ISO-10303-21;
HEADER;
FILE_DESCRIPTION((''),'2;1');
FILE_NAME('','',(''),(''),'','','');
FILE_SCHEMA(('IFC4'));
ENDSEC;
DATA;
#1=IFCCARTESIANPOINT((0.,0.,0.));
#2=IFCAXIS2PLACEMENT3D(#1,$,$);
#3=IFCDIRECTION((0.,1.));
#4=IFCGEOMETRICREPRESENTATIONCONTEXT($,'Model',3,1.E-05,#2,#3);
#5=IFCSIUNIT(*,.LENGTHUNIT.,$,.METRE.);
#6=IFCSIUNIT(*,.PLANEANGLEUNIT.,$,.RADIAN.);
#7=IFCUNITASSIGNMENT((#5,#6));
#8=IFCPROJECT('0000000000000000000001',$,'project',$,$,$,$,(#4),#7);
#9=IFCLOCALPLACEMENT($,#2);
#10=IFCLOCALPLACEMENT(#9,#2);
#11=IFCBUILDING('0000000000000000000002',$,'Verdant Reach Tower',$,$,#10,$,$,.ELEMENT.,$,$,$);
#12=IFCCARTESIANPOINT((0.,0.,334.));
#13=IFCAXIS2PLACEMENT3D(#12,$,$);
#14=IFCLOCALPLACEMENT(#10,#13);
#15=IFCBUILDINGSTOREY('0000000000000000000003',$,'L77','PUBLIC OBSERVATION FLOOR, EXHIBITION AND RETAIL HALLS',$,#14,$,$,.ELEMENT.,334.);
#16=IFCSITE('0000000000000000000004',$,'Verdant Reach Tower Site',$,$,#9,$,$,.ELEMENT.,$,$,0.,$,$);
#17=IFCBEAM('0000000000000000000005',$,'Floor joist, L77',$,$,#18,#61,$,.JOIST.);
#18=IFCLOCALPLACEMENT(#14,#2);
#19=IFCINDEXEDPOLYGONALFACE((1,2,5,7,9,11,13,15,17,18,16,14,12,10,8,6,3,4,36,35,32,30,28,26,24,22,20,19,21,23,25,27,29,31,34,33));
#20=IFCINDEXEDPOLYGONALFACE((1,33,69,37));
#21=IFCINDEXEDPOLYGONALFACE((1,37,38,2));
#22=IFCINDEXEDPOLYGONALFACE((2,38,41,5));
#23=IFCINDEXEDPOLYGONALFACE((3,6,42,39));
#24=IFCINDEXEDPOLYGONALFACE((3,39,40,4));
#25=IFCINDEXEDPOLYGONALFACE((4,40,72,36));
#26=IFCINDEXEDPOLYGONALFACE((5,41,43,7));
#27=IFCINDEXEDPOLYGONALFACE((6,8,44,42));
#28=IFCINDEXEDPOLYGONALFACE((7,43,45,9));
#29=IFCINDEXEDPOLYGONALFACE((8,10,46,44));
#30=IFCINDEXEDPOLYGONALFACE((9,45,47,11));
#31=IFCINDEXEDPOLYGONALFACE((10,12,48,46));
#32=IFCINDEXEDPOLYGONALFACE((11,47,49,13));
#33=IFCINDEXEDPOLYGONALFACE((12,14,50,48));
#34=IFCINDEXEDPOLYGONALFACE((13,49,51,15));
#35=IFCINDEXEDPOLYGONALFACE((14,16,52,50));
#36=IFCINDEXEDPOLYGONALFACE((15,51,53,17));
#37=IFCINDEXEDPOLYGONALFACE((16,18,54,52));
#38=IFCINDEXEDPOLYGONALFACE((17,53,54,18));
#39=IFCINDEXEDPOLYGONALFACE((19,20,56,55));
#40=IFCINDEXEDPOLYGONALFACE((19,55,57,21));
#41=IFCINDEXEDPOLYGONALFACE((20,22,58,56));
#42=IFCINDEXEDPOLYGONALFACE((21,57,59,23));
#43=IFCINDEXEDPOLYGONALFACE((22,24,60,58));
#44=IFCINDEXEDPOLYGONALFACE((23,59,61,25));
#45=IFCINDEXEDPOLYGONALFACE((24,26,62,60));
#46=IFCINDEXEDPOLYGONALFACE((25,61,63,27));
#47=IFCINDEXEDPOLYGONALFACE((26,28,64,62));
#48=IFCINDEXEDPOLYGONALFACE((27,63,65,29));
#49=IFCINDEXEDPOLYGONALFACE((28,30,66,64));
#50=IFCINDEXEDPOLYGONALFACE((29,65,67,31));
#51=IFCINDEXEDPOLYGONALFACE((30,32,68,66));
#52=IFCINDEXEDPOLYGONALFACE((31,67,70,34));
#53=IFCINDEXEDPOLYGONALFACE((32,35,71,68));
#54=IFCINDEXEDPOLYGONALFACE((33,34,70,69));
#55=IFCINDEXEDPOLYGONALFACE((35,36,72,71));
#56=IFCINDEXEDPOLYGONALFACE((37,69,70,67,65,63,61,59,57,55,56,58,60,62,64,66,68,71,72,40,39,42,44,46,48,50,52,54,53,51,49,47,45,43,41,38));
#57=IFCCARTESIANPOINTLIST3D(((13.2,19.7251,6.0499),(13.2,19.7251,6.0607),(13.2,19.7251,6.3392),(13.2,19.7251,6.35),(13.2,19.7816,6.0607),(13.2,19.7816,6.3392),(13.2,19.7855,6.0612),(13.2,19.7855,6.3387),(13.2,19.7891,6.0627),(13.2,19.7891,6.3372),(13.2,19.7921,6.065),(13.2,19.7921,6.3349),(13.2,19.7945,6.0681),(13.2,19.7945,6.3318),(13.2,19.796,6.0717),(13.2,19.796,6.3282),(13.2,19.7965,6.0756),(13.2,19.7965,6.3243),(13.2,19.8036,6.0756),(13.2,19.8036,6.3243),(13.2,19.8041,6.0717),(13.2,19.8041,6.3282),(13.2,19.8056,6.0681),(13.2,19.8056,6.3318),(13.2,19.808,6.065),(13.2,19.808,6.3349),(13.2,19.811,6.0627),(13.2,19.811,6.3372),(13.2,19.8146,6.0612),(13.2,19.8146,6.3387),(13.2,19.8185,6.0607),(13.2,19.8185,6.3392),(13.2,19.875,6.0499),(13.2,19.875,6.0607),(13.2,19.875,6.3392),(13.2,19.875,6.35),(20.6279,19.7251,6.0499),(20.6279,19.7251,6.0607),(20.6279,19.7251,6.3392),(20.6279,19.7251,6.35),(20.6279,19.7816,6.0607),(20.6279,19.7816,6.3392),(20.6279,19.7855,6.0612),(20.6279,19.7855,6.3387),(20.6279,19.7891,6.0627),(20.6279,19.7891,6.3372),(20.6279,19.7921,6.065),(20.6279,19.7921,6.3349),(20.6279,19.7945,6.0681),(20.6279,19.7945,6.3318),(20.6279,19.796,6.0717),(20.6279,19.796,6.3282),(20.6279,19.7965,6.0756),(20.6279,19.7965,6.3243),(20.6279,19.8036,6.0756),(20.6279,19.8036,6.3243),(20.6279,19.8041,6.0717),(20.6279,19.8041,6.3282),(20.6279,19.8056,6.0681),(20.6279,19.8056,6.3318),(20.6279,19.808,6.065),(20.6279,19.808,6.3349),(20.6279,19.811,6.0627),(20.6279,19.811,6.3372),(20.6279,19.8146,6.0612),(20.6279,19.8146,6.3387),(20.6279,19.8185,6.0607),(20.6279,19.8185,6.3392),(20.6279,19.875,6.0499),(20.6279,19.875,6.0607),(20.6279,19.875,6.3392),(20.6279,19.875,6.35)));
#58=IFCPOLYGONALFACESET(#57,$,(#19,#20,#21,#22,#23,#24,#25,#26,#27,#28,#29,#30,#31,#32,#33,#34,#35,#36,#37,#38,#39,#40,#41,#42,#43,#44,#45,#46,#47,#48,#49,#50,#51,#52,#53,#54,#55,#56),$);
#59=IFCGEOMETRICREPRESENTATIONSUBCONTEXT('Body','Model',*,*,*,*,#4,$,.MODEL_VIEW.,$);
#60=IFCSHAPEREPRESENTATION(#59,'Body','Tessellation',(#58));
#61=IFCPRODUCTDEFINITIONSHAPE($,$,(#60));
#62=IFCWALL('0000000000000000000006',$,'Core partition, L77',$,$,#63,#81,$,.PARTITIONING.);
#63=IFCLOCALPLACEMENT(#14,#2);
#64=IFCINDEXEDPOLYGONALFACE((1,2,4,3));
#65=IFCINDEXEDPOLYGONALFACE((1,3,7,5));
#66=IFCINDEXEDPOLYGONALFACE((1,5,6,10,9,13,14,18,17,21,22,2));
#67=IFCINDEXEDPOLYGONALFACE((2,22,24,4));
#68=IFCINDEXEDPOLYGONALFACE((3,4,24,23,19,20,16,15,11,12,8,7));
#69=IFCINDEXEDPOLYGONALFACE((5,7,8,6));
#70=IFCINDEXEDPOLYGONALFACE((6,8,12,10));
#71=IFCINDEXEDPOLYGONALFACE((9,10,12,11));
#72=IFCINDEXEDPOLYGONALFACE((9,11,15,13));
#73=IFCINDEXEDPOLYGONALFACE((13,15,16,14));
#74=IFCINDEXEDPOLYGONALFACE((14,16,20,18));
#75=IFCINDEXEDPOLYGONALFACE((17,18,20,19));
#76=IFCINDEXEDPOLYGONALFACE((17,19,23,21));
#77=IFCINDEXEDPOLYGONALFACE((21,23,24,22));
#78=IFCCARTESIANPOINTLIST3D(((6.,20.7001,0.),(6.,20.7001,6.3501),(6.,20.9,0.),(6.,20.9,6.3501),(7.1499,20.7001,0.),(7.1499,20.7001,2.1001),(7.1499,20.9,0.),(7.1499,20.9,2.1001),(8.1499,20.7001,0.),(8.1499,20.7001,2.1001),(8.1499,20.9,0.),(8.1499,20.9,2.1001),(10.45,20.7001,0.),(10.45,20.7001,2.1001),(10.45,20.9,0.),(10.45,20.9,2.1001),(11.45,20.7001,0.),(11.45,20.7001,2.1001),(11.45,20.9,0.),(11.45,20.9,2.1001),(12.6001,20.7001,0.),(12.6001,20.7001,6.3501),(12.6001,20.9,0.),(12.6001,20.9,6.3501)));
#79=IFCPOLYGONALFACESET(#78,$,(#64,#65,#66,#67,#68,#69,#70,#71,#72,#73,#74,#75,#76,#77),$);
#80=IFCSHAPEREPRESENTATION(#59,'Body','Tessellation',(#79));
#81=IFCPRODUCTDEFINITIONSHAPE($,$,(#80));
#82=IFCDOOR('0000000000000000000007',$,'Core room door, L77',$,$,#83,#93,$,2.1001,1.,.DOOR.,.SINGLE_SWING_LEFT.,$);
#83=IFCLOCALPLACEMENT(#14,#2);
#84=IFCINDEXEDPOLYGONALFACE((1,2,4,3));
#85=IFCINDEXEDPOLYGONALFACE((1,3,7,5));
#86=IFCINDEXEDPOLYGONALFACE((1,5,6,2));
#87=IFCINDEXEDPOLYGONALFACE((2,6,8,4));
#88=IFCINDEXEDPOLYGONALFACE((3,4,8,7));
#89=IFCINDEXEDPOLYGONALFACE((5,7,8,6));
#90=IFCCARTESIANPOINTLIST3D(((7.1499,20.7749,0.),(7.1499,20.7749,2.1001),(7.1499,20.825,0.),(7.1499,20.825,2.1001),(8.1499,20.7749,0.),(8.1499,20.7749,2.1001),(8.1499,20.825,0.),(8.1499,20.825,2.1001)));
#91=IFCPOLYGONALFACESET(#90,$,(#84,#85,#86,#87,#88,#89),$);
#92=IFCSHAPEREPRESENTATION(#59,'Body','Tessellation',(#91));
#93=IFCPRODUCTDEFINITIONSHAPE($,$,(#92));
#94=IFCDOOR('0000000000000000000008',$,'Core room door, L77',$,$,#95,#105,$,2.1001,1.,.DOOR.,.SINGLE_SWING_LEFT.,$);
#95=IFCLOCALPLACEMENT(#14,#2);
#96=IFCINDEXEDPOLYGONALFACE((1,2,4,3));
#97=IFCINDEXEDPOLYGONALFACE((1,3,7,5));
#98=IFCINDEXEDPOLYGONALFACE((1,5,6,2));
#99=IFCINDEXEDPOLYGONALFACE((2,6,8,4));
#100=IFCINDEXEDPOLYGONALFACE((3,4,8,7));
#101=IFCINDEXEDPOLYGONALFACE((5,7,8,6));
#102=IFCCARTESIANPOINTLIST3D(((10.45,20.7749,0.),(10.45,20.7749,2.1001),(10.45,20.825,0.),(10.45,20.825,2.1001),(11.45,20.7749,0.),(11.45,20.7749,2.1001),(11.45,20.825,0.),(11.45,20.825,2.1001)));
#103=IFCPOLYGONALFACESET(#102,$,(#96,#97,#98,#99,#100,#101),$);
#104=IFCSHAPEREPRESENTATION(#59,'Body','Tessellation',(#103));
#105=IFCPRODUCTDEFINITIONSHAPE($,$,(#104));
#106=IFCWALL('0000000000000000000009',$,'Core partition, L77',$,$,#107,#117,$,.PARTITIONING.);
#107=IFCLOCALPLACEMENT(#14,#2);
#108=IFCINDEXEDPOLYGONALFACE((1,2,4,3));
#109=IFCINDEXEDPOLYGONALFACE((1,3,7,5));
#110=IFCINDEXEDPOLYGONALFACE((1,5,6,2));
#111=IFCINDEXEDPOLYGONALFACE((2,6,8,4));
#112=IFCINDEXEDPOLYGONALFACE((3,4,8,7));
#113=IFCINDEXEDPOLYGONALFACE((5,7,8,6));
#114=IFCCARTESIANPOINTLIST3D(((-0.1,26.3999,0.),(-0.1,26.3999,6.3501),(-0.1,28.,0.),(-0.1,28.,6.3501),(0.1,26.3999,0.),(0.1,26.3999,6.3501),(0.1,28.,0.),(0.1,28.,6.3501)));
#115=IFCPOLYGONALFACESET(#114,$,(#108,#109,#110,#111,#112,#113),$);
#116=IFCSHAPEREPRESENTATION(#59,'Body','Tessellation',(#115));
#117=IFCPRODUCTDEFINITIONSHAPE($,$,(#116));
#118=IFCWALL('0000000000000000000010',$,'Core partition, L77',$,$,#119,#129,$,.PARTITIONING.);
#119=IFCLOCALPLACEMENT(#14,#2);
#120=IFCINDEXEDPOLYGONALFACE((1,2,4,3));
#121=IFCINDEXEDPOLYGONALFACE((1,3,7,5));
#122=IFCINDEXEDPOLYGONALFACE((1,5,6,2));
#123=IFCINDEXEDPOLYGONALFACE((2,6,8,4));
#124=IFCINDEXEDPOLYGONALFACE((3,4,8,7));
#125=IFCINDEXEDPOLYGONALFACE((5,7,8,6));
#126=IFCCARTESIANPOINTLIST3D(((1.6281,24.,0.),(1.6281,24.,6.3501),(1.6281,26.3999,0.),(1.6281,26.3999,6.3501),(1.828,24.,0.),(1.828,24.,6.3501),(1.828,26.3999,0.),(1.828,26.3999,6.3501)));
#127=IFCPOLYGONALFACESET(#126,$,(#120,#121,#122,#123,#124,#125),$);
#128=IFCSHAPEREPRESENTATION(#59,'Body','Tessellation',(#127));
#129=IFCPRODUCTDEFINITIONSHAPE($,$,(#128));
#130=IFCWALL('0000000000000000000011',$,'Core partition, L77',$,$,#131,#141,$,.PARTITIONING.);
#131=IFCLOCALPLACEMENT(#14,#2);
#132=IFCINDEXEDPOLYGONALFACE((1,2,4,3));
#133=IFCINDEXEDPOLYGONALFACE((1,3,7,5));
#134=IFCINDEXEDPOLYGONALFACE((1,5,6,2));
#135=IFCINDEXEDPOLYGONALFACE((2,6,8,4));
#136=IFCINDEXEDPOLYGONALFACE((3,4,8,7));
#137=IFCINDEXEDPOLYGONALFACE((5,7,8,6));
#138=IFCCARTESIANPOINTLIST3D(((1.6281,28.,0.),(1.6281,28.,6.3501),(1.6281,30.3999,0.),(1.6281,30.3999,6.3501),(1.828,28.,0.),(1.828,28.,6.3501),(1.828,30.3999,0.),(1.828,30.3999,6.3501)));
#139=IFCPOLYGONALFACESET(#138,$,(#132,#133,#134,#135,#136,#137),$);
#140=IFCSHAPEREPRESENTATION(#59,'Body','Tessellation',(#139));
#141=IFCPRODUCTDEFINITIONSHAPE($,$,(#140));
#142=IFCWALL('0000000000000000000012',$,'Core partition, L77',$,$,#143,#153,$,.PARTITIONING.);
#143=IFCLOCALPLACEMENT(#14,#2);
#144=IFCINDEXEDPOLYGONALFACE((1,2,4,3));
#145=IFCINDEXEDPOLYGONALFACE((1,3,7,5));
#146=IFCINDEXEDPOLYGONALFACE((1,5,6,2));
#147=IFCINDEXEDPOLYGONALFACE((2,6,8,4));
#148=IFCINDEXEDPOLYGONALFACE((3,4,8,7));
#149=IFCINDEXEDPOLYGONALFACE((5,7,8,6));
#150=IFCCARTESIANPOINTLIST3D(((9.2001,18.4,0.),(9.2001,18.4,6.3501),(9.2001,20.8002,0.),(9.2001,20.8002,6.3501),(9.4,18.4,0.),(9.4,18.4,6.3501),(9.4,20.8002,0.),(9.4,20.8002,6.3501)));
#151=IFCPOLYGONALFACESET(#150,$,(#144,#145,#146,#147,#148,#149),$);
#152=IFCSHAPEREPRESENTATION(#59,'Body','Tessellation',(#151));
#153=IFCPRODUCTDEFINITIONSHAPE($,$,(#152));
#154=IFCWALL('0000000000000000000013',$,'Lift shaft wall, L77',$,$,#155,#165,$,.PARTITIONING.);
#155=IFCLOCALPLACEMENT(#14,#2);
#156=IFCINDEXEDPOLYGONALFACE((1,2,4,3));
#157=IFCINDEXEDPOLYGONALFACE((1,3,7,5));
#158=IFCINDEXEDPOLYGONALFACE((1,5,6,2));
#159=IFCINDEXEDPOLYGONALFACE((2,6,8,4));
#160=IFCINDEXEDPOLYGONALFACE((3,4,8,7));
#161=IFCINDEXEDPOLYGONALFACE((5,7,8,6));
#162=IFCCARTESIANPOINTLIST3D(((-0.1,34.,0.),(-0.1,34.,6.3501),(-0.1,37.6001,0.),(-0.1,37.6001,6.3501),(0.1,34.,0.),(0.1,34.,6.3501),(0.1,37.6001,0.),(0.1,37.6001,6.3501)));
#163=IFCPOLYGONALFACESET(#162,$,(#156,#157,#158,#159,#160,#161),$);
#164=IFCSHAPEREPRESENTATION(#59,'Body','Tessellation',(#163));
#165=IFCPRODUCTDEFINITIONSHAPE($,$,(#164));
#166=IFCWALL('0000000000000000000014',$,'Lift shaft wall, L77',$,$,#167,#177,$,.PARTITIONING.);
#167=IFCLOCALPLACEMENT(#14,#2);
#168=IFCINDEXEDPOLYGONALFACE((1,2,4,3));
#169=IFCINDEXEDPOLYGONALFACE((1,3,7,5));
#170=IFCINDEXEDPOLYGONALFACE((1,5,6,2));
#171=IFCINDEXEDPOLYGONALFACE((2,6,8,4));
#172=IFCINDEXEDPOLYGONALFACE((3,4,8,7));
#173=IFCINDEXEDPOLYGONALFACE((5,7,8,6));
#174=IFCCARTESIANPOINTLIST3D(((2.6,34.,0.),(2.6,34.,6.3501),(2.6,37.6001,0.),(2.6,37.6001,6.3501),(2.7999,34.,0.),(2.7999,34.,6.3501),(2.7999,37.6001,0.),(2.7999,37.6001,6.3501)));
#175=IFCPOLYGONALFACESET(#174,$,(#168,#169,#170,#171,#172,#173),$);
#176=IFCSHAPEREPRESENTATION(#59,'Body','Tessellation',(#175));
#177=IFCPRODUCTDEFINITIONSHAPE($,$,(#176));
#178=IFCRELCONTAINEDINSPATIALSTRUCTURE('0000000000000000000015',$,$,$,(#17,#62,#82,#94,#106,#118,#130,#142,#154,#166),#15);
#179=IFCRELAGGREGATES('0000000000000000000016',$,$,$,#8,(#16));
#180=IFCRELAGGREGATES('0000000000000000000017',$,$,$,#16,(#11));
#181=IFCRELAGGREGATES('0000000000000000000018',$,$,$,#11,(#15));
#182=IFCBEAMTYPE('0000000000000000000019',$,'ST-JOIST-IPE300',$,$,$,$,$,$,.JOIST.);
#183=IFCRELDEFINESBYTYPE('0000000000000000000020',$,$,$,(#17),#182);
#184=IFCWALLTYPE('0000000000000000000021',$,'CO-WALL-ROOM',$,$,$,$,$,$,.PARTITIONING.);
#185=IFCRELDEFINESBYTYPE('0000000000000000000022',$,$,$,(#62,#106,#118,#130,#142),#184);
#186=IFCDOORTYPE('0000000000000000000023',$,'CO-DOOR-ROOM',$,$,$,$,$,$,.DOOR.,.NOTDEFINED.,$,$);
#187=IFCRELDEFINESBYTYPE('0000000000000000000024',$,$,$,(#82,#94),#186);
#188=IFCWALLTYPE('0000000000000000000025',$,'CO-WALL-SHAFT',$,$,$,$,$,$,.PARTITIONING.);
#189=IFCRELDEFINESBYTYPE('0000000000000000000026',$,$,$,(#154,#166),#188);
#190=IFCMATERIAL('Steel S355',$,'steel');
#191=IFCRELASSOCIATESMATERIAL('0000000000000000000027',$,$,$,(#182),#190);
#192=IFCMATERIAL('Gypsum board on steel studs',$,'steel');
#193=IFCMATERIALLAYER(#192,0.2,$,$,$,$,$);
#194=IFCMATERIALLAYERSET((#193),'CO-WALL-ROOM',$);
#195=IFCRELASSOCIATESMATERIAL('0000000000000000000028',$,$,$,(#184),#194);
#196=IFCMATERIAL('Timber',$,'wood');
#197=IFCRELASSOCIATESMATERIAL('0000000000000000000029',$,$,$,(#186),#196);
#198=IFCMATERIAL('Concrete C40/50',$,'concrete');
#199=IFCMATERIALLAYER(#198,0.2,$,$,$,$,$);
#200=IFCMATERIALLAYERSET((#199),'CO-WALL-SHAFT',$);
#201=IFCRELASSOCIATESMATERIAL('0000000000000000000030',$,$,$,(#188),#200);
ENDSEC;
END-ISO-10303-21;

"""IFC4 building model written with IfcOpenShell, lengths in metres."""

from ifc_helpers import new_model, si_unit, direction, frame, frame_2d, origin, origin_2d, place, context, subcontext, project, spatial, rectangle, i_section, extrude, material, layer, layer_set, material_profile, profile_set, type_object, element, fill, save


model = new_model("IFC4")

# Units and contexts
model_context = context("Model", 3, precision=1e-05, world=origin(), true_north=direction((0.0, 1.0)))
body_context = subcontext(model_context, "Body", "Model", "MODEL_VIEW")
ifc_project = project(units=[si_unit("LENGTHUNIT", "METRE"), si_unit("PLANEANGLEUNIT", "RADIAN")], contexts=[model_context])

# Site, building, storey
site_placement = place(None, origin())
site = spatial("IfcSite", under=ifc_project, at=site_placement, Name="Verdant Reach Tower Site", CompositionType="ELEMENT", RefElevation=0.0)
building_placement = place(site_placement, origin())
building = spatial("IfcBuilding", under=site, at=building_placement, Name="Verdant Reach Tower", CompositionType="ELEMENT")
storey_placement = place(building_placement, frame((0.0, 0.0, 334.0)))
storey = spatial("IfcBuildingStorey", under=building, at=storey_placement, Name="L77", Description="PUBLIC OBSERVATION FLOOR, EXHIBITION AND RETAIL HALLS", CompositionType="ELEMENT", Elevation=334.0)

# Beam
ifc_material_1 = material(Name="Steel S355", Category="steel")
ifc_material_profile = material_profile(ifc_material_1, i_section(OverallWidth=0.1499, OverallDepth=0.3, WebThickness=0.0071, FlangeThickness=0.0107, FilletRadius=0.0149, at=origin_2d()), Name="IPE 300")
ifc_profile_set = profile_set([ifc_material_profile], Name="Steel S355")
beam_type = type_object("IfcBeamType", Name="ST-JOIST-IPE300", PredefinedType="JOIST", material=ifc_profile_set)
beam_placement = place(storey_placement, frame((13.2, 19.8, 6.2), z_axis=(1.0, 0.0, 0.0), x_axis=(0.0, 1.0, 0.0)))
element("IfcBeam", 1, at=beam_placement, inside=storey, type_object=beam_type, Name="Floor joist, L77", PredefinedType="JOIST", context=body_context, shape_type="SweptSolid", body=[
    extrude(i_section(OverallWidth=0.1499, OverallDepth=0.3, WebThickness=0.0071, FlangeThickness=0.0107, FilletRadius=0.0149, at=origin_2d()), origin(), (0.0, 0.0, 1.0), 7.428),
])

# Wall, openings, doors
ifc_material_2 = material(Name="Gypsum board on steel studs", Category="steel")
ifc_layer_1 = layer(ifc_material_2, 0.2)
ifc_layer_set_1 = layer_set([ifc_layer_1], Name="CO-WALL-ROOM")
wall_type_1 = type_object("IfcWallType", Name="CO-WALL-ROOM", PredefinedType="PARTITIONING", material=ifc_layer_set_1)
wall_1_placement = place(storey_placement, frame((6.0, 20.8, 0.0), z_axis=(0.0, 0.0, 1.0), x_axis=(1.0, 0.0, 0.0)))
wall_1 = element("IfcWall", 2, at=wall_1_placement, inside=storey, type_object=wall_type_1, Name="Core partition, L77", PredefinedType="PARTITIONING", context=body_context, shape_type="SweptSolid", body=[
    extrude(rectangle(XDim=6.6001, YDim=0.2, at=frame_2d((3.3, 0.0))), origin(), (0.0, 0.0, 1.0), 6.3501),
])
opening_1_placement = place(wall_1_placement, frame((1.1499, 0.0, 0.0)))
opening_1 = element("IfcOpeningElement", 3, at=opening_1_placement, cuts=wall_1, PredefinedType="OPENING", context=body_context, shape_type="SweptSolid", body=[
    extrude(rectangle(XDim=1.0, YDim=2.1001, at=frame_2d((0.5, 1.05))), frame((0.0, 0.1099, 0.0), z_axis=(0.0, -1.0, 0.0), x_axis=(1.0, 0.0, 0.0)), (0.0, 0.0, 1.0), 0.22),
])
opening_2_placement = place(wall_1_placement, frame((4.45, 0.0, 0.0)))
opening_2 = element("IfcOpeningElement", 4, at=opening_2_placement, cuts=wall_1, PredefinedType="OPENING", context=body_context, shape_type="SweptSolid", body=[
    extrude(rectangle(XDim=1.0, YDim=2.1001, at=frame_2d((0.5, 1.05))), frame((0.0, 0.1099, 0.0), z_axis=(0.0, -1.0, 0.0), x_axis=(1.0, 0.0, 0.0)), (0.0, 0.0, 1.0), 0.22),
])
ifc_material_3 = material(Name="Timber", Category="wood")
door_type_1 = type_object("IfcDoorType", Name="CO-DOOR-ROOM", OperationType="NOTDEFINED", PredefinedType="DOOR", material=ifc_material_3)
door_1_placement = place(opening_1_placement, origin())
door_1 = element("IfcDoor", 5, at=door_1_placement, inside=storey, type_object=door_type_1, Name="Core room door, L77", OperationType="SINGLE_SWING_LEFT", OverallHeight=2.1001, OverallWidth=1.0, PredefinedType="DOOR", context=body_context, shape_type="SweptSolid", body=[
    extrude(rectangle(XDim=1.0, YDim=2.1001, at=frame_2d((0.5, 1.05))), frame((0.0, 0.0249, 0.0), z_axis=(0.0, -1.0, 0.0), x_axis=(1.0, 0.0, 0.0)), (0.0, 0.0, 1.0), 0.05),
])
fill(opening_1, door_1)
door_2_placement = place(opening_2_placement, origin())
door_2 = element("IfcDoor", 6, at=door_2_placement, inside=storey, type_object=door_type_1, Name="Core room door, L77", OperationType="SINGLE_SWING_LEFT", OverallHeight=2.1001, OverallWidth=1.0, PredefinedType="DOOR", context=body_context, shape_type="SweptSolid", body=[
    extrude(rectangle(XDim=1.0, YDim=2.1001, at=frame_2d((0.5, 1.05))), frame((0.0, 0.0249, 0.0), z_axis=(0.0, -1.0, 0.0), x_axis=(1.0, 0.0, 0.0)), (0.0, 0.0, 1.0), 0.05),
])
fill(opening_2, door_2)

# Walls
wall_2_placement = place(storey_placement, frame((0.0, 26.3999, 0.0), z_axis=(0.0, 0.0, 1.0), x_axis=(0.0, 1.0, 0.0)))
element("IfcWall", 7, at=wall_2_placement, inside=storey, type_object=wall_type_1, Name="Core partition, L77", PredefinedType="PARTITIONING", context=body_context, shape_type="SweptSolid", body=[
    extrude(rectangle(XDim=1.6001, YDim=0.2, at=frame_2d((0.8, 0.0))), origin(), (0.0, 0.0, 1.0), 6.3501),
])
for number, where, z_axis, x_axis, name in (
    (8, (1.728, 24.0, 0.0), (0.0, 0.0, 1.0), (0.0, 1.0, 0.0), "Core partition, L77"),
    (9, (1.728, 28.0, 0.0), (0.0, 0.0, 1.0), (0.0, 1.0, 0.0), "Core partition, L77"),
):
    element("IfcWall", number, at=place(storey_placement, frame(where, z_axis=z_axis, x_axis=x_axis)), inside=storey, type_object=wall_type_1, Name=name, PredefinedType="PARTITIONING", context=body_context, shape_type="SweptSolid", body=[
        extrude(rectangle(XDim=2.3999, YDim=0.2, at=frame_2d((1.2, 0.0))), origin(), (0.0, 0.0, 1.0), 6.3501),
    ])
wall_3_placement = place(storey_placement, frame((9.3, 18.3999, 0.0), z_axis=(0.0, 0.0, 1.0), x_axis=(0.0, 1.0, 0.0)))
element("IfcWall", 10, at=wall_3_placement, inside=storey, type_object=wall_type_1, Name="Core partition, L77", PredefinedType="PARTITIONING", context=body_context, shape_type="SweptSolid", body=[
    extrude(rectangle(XDim=2.4001, YDim=0.2, at=frame_2d((1.2002, 0.0))), origin(), (0.0, 0.0, 1.0), 6.3501),
])
ifc_material_4 = material(Name="Concrete C40/50", Category="concrete")
ifc_layer_2 = layer(ifc_material_4, 0.2)
ifc_layer_set_2 = layer_set([ifc_layer_2], Name="CO-WALL-SHAFT")
wall_type_2 = type_object("IfcWallType", Name="CO-WALL-SHAFT", PredefinedType="PARTITIONING", material=ifc_layer_set_2)
for number, where, z_axis, x_axis, name in (
    (11, (0.0, 34.0, 0.0), (0.0, 0.0, 1.0), (0.0, 1.0, 0.0), "Lift shaft wall, L77"),
    (12, (2.7, 34.0, 0.0), (0.0, 0.0, 1.0), (0.0, 1.0, 0.0), "Lift shaft wall, L77"),
):
    element("IfcWall", number, at=place(storey_placement, frame(where, z_axis=z_axis, x_axis=x_axis)), inside=storey, type_object=wall_type_2, Name=name, PredefinedType="PARTITIONING", context=body_context, shape_type="SweptSolid", body=[
        extrude(rectangle(XDim=3.6001, YDim=0.2, at=frame_2d((1.8, 0.0))), origin(), (0.0, 0.0, 1.0), 6.3501),
    ])

save(model, "model.ifc")
